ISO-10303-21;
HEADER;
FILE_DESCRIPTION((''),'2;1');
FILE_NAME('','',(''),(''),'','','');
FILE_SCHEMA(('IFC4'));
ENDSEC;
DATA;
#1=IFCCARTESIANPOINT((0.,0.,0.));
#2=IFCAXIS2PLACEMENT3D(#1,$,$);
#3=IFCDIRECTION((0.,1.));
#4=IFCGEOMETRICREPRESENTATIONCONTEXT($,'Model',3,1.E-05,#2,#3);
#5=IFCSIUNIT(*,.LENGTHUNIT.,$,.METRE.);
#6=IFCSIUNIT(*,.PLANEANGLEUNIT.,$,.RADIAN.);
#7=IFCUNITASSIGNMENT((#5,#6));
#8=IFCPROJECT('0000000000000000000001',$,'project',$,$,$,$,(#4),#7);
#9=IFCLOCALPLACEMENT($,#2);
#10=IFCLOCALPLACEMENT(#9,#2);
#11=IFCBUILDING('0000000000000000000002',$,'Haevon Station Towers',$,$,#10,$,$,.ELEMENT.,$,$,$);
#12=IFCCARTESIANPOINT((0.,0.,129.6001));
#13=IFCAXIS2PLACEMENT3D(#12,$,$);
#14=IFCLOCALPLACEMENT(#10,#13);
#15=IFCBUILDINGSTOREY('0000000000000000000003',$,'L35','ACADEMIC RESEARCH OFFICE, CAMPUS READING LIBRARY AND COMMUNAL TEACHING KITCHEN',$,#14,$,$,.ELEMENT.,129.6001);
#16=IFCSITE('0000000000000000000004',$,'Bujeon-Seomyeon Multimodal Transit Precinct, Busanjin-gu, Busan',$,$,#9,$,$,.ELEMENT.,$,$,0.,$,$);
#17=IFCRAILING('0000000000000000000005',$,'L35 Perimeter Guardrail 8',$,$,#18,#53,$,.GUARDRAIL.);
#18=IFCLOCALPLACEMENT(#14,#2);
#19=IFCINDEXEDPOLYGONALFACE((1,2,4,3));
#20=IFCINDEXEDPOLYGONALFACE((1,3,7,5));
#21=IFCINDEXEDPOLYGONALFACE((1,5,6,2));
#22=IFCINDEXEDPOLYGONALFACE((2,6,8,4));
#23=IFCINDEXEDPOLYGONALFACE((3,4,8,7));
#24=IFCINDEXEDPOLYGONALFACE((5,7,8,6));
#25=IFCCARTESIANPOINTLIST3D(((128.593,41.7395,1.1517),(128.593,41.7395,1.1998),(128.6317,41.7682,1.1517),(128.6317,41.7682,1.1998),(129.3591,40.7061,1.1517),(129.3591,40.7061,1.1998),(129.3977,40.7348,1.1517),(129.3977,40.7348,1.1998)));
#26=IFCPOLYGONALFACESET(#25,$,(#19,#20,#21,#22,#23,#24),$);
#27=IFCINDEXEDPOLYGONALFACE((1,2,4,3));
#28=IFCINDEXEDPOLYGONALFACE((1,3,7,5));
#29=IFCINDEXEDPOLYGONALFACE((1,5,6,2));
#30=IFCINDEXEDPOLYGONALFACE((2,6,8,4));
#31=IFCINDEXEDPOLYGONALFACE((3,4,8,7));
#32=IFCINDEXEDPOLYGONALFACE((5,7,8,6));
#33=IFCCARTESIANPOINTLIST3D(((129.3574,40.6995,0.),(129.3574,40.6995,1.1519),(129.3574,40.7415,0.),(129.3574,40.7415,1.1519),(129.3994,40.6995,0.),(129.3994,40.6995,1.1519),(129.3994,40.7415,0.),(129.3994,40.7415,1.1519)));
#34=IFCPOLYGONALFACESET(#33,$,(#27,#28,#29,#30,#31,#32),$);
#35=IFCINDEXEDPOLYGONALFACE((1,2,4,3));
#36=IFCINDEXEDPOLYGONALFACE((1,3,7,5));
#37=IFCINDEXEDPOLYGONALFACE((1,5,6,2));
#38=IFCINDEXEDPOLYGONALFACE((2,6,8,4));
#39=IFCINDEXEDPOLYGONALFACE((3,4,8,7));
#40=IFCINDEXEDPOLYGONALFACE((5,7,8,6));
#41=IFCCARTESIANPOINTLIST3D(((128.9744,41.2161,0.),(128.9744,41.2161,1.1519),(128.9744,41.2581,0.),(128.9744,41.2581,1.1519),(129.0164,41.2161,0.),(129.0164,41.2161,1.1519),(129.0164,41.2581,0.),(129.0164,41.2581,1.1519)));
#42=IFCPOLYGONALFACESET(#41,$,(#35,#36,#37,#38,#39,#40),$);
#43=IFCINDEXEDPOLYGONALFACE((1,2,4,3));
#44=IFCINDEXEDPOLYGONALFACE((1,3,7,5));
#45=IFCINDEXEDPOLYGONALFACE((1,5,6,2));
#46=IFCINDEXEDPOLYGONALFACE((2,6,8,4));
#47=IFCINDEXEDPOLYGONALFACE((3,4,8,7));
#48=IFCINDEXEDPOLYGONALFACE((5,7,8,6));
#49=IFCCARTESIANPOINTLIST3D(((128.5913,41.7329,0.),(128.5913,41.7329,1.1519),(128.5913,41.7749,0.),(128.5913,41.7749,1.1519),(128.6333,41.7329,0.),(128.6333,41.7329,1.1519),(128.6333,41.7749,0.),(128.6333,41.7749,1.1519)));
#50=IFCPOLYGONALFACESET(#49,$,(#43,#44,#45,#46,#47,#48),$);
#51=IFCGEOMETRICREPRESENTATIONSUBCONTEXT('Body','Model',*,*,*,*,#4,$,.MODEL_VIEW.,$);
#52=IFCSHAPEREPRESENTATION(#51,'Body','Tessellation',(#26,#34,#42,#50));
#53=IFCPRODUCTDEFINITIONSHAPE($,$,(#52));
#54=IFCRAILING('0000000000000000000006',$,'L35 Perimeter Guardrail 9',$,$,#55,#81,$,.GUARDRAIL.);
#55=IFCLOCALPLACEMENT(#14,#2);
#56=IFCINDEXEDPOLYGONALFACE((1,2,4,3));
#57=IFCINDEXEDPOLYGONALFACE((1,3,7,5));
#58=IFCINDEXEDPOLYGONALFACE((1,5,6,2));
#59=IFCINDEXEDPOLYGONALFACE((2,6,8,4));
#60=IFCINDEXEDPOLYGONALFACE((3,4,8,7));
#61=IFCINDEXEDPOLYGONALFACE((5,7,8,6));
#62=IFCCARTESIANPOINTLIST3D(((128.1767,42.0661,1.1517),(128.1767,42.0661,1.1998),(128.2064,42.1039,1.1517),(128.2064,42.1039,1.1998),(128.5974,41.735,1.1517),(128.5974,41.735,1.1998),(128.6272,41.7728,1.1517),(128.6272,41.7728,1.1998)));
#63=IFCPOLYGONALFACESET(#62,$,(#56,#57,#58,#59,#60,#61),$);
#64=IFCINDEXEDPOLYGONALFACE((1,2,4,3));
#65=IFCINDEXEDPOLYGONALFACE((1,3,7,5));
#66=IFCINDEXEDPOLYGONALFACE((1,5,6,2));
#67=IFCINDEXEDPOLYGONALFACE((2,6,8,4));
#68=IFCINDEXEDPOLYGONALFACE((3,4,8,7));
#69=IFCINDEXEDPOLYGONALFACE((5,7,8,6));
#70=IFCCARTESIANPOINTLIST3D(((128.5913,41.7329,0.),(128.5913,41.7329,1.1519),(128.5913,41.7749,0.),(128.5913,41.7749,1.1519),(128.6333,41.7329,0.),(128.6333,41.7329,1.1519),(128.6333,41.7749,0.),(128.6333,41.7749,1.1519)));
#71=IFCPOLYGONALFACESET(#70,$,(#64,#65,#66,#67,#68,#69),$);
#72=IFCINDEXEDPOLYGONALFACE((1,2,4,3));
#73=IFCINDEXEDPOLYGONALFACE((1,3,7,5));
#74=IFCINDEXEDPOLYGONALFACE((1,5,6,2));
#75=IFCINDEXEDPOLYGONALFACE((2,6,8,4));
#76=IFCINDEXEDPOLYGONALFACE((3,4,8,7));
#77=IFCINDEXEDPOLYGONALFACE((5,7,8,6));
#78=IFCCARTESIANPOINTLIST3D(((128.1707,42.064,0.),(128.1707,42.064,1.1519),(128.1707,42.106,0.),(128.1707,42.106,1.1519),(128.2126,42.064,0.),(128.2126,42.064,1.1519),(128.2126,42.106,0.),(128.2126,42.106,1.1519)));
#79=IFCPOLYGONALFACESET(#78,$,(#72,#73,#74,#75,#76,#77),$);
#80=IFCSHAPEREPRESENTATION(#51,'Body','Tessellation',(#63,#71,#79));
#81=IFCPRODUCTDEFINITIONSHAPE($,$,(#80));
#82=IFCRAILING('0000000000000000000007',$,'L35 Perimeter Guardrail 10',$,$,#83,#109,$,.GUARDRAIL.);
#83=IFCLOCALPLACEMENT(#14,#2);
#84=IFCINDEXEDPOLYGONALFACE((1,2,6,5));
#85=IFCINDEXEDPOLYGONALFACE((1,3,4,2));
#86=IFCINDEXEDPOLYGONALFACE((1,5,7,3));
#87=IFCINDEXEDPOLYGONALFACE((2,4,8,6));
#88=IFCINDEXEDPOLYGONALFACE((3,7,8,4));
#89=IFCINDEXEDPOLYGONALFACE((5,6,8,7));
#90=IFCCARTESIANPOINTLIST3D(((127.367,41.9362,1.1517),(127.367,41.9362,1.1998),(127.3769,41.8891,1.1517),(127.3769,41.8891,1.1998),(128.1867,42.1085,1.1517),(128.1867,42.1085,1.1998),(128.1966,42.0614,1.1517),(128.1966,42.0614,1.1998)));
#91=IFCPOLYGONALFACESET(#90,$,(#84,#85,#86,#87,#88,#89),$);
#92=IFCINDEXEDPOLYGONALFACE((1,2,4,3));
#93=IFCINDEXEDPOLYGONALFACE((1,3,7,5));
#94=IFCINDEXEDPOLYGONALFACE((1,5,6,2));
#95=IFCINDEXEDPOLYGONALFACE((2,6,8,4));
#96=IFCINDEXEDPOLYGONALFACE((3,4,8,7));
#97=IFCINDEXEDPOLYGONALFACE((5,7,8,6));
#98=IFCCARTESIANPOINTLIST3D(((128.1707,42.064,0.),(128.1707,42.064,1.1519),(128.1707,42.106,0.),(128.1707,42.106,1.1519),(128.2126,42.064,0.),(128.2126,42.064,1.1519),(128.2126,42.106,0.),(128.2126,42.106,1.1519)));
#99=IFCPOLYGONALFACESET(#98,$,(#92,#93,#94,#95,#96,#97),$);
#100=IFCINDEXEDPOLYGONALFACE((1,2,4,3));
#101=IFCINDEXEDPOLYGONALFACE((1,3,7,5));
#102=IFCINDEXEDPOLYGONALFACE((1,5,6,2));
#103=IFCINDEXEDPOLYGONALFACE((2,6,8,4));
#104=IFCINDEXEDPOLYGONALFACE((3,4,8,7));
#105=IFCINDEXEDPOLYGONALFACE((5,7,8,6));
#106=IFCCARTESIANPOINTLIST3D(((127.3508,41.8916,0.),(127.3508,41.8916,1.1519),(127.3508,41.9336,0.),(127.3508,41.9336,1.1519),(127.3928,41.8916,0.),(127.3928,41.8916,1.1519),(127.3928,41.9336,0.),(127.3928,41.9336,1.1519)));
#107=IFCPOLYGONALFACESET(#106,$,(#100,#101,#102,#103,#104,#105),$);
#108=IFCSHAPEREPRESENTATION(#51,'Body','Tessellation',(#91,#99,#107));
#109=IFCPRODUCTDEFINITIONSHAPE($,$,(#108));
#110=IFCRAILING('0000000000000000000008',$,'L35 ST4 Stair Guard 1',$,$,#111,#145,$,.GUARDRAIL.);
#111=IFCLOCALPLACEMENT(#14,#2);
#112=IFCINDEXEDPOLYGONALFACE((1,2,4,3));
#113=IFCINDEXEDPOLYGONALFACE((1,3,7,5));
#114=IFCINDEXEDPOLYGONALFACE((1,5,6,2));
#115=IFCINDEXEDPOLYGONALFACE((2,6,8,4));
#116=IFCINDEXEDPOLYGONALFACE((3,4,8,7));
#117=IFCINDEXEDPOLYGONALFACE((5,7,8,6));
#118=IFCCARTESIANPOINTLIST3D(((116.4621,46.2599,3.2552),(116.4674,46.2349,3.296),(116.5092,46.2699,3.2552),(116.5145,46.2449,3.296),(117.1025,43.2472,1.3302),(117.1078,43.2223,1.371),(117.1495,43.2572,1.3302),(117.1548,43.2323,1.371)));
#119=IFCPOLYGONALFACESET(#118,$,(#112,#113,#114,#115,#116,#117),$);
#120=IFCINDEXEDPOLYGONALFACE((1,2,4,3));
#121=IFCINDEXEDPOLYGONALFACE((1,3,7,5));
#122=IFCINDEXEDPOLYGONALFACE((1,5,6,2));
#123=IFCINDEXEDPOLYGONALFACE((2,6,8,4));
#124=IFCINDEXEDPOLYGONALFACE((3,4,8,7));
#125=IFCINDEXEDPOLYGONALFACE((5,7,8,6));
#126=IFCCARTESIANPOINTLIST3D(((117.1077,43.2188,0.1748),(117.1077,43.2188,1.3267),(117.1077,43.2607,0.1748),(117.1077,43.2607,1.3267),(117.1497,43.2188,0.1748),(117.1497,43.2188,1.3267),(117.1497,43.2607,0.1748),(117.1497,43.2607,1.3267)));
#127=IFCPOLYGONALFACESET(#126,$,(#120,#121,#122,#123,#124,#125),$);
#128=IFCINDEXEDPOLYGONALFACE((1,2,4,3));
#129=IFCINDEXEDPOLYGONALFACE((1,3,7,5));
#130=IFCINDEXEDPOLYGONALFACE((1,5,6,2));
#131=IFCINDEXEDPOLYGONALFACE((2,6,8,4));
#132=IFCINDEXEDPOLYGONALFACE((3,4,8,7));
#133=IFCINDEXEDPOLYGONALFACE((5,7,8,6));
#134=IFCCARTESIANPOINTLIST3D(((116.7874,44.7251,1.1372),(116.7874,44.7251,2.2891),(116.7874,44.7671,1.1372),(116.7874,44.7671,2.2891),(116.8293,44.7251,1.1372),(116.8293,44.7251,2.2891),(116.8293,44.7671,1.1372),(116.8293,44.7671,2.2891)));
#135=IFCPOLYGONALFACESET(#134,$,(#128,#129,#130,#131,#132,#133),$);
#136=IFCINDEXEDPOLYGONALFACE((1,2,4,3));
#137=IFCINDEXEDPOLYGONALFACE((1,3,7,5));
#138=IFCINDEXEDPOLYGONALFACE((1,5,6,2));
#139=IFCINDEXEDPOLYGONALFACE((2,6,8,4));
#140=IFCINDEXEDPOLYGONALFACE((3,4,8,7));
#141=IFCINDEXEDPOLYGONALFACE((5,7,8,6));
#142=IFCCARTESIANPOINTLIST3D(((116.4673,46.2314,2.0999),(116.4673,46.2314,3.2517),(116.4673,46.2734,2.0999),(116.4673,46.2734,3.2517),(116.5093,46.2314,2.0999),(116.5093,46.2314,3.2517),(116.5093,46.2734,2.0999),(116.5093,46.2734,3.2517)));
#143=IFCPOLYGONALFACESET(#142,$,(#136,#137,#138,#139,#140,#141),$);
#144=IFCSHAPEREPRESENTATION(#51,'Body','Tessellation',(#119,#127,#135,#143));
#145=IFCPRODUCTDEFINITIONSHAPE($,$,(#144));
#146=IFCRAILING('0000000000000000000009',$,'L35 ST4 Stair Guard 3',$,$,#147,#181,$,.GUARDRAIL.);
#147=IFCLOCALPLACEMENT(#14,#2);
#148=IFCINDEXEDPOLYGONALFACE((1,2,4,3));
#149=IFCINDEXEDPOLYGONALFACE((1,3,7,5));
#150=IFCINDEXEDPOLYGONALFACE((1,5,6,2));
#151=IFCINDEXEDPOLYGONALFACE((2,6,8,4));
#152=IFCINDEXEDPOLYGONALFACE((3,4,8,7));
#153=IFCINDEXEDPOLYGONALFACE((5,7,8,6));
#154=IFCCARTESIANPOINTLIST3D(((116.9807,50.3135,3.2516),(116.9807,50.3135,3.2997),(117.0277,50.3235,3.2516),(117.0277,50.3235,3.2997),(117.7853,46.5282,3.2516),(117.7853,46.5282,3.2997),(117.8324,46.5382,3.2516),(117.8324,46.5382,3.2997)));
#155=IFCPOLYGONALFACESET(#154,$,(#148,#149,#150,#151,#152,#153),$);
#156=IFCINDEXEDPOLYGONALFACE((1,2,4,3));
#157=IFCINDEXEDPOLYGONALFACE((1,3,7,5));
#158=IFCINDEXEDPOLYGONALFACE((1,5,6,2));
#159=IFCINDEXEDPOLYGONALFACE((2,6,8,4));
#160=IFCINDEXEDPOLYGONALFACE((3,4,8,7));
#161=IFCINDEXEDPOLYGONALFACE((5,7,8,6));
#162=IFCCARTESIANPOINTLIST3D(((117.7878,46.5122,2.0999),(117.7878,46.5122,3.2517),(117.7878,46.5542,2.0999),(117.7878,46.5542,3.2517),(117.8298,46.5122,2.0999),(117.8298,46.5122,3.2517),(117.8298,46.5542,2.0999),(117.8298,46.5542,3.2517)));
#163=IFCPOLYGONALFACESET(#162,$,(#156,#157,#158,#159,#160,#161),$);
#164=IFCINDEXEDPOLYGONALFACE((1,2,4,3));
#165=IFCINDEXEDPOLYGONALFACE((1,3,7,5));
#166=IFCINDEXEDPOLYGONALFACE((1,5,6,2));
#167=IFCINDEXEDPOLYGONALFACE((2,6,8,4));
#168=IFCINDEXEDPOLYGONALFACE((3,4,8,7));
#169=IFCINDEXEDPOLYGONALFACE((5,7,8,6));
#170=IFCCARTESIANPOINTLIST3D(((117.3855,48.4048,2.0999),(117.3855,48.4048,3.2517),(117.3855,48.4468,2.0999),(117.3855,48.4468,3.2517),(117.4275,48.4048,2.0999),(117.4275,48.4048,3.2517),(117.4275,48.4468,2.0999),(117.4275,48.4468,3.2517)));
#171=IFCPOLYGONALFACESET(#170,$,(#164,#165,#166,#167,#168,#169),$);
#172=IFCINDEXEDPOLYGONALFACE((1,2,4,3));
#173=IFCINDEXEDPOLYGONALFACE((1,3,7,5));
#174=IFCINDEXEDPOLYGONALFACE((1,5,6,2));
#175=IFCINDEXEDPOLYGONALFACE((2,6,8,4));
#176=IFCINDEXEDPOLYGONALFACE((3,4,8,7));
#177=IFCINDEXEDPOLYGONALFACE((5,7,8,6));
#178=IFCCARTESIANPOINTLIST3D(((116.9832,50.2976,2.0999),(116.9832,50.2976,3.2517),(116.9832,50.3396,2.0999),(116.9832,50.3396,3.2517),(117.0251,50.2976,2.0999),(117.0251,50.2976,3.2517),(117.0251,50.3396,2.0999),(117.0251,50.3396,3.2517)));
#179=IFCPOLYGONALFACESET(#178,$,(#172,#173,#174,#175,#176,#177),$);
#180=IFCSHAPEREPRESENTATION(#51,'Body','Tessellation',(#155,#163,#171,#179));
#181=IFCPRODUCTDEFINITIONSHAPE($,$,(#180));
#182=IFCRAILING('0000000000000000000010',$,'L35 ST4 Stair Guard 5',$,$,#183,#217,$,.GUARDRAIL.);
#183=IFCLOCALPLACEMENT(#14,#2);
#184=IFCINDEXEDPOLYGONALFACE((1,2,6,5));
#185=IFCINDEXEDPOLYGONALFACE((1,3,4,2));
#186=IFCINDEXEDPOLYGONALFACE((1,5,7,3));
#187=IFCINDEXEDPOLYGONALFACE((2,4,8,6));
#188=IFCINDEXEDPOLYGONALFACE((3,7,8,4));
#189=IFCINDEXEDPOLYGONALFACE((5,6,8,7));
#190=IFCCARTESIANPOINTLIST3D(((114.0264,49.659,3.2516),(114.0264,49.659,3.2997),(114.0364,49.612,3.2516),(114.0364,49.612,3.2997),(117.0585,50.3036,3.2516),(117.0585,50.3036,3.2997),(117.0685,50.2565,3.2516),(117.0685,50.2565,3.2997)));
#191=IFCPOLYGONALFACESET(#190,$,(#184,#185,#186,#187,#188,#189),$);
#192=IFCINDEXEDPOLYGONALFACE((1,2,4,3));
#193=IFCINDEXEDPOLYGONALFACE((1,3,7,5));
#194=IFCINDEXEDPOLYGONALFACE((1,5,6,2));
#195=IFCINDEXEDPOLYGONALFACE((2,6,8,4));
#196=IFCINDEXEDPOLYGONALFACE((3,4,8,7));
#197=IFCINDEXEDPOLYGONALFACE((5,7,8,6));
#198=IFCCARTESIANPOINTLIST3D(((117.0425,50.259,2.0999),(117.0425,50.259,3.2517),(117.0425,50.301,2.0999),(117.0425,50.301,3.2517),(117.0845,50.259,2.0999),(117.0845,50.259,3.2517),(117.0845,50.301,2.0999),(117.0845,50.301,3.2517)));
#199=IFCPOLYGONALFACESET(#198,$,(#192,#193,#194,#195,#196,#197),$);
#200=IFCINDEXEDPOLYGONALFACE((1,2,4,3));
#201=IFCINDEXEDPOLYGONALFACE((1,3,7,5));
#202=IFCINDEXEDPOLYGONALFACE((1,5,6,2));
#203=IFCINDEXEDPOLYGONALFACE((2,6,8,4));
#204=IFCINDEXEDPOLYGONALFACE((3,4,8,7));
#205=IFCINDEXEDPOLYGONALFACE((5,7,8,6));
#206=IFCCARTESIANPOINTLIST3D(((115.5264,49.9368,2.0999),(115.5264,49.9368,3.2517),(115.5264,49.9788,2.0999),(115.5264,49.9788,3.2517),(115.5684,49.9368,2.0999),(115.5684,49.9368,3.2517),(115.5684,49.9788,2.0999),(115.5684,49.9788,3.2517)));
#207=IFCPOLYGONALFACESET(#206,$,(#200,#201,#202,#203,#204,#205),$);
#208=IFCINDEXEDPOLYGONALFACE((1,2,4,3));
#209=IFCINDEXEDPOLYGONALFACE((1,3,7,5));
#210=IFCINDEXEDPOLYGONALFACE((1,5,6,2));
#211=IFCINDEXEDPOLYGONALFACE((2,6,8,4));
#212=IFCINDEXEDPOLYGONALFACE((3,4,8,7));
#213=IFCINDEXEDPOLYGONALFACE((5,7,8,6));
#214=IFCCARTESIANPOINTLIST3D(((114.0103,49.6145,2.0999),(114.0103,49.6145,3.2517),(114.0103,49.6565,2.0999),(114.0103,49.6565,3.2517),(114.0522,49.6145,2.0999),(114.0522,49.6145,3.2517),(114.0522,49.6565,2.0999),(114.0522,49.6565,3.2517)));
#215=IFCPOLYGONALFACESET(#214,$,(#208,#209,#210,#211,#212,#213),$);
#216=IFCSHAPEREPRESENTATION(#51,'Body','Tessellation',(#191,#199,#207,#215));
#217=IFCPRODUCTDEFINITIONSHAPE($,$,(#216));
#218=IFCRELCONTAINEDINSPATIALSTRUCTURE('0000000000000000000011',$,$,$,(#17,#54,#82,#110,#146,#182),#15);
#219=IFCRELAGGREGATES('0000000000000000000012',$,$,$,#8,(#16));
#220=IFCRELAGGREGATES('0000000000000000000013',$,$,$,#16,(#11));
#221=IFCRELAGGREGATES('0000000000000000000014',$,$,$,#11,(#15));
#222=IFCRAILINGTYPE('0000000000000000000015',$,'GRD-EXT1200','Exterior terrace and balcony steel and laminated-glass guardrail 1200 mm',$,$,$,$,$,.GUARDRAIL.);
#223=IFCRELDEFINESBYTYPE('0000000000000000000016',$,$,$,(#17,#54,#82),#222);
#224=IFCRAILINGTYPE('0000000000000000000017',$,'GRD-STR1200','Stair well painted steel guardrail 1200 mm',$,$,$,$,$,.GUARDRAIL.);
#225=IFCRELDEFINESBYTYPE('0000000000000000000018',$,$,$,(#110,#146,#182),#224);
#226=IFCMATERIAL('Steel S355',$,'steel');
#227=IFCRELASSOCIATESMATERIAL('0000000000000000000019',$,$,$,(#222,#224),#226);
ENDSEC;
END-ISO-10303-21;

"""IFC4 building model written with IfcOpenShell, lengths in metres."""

from ifc_helpers import new_model, si_unit, direction, frame, origin, origin_2d, place, context, subcontext, project, spatial, rectangle, extrude, material, type_object, element, save


model = new_model("IFC4")

# Units and contexts
model_context = context("Model", 3, precision=1e-05, world=origin(), true_north=direction((0.0, 1.0)))
body_context = subcontext(model_context, "Body", "Model", "MODEL_VIEW")
ifc_project = project(units=[si_unit("LENGTHUNIT", "METRE"), si_unit("PLANEANGLEUNIT", "RADIAN")], contexts=[model_context])

# Site, building, storey
site_placement = place(None, origin())
site = spatial("IfcSite", under=ifc_project, at=site_placement, Name="Bujeon-Seomyeon Multimodal Transit Precinct, Busanjin-gu, Busan", CompositionType="ELEMENT", RefElevation=0.0)
building_placement = place(site_placement, origin())
building = spatial("IfcBuilding", under=site, at=building_placement, Name="Haevon Station Towers", CompositionType="ELEMENT")
storey_placement = place(building_placement, frame((0.0, 0.0, 129.6001)))
storey = spatial("IfcBuildingStorey", under=building, at=storey_placement, Name="L35", Description="ACADEMIC RESEARCH OFFICE, CAMPUS READING LIBRARY AND COMMUNAL TEACHING KITCHEN", CompositionType="ELEMENT", Elevation=129.6001)

# Railings
ifc_material_1 = material(Name="Steel S355", Category="steel")
railing_type_1 = type_object("IfcRailingType", Name="GRD-EXT1200", Description="Exterior terrace and balcony steel and laminated-glass guardrail 1200 mm", PredefinedType="GUARDRAIL", material=ifc_material_1)
railing_1_placement = place(storey_placement, frame((129.3784, 40.7205, 0.0)))
element("IfcRailing", 1, at=railing_1_placement, inside=storey, type_object=railing_type_1, Name="L35 Perimeter Guardrail 8", PredefinedType="GUARDRAIL", context=body_context, shape_type="SweptSolid", body=[
    extrude(rectangle(XDim=0.0481, YDim=0.0481, at=origin_2d()), frame((0.0, 0.0, 1.1758), z_axis=(-0.595527, 0.803335, 0.0), x_axis=(-0.803335, -0.595527, 0.0)), (0.0, 0.0, 1.0), 1.2864),
    extrude(rectangle(XDim=0.042, YDim=0.042, at=origin_2d()), origin(), (0.0, 0.0, 1.0), 1.1519),
    extrude(rectangle(XDim=0.042, YDim=0.042, at=origin_2d()), frame((-0.3831, 0.5166, 0.0)), (0.0, 0.0, 1.0), 1.1519),
    extrude(rectangle(XDim=0.042, YDim=0.042, at=origin_2d()), frame((-0.7661, 1.0334, 0.0)), (0.0, 0.0, 1.0), 1.1519),
])
railing_2_placement = place(storey_placement, frame((128.6123, 41.7539, 0.0)))
element("IfcRailing", 2, at=railing_2_placement, inside=storey, type_object=railing_type_1, Name="L35 Perimeter Guardrail 9", PredefinedType="GUARDRAIL", context=body_context, shape_type="SweptSolid", body=[
    extrude(rectangle(XDim=0.0481, YDim=0.0481, at=origin_2d()), frame((0.0, 0.0, 1.1758), z_axis=(-0.785827, 0.618446, 0.0), x_axis=(-0.618446, -0.785827, 0.0)), (0.0, 0.0, 1.0), 0.5354),
    extrude(rectangle(XDim=0.042, YDim=0.042, at=origin_2d()), origin(), (0.0, 0.0, 1.0), 1.1519),
    extrude(rectangle(XDim=0.042, YDim=0.042, at=origin_2d()), frame((-0.4207, 0.3311, 0.0)), (0.0, 0.0, 1.0), 1.1519),
])
railing_3_placement = place(storey_placement, frame((128.1917, 42.085, 0.0)))
element("IfcRailing", 3, at=railing_3_placement, inside=storey, type_object=railing_type_1, Name="L35 Perimeter Guardrail 10", PredefinedType="GUARDRAIL", context=body_context, shape_type="SweptSolid", body=[
    extrude(rectangle(XDim=0.0481, YDim=0.0481, at=origin_2d()), frame((0.0, 0.0, 1.1758), z_axis=(-0.978605, -0.205746, 0.0), x_axis=(0.205746, -0.978605, 0.0)), (0.0, 0.0, 1.0), 0.8376),
    extrude(rectangle(XDim=0.042, YDim=0.042, at=origin_2d()), origin(), (0.0, 0.0, 1.0), 1.1519),
    extrude(rectangle(XDim=0.042, YDim=0.042, at=origin_2d()), frame((-0.8198, -0.1724, 0.0)), (0.0, 0.0, 1.0), 1.1519),
])
railing_type_2 = type_object("IfcRailingType", Name="GRD-STR1200", Description="Stair well painted steel guardrail 1200 mm", PredefinedType="GUARDRAIL", material=ifc_material_1)
railing_4_placement = place(storey_placement, frame((117.1287, 43.2397, 0.1748)))
element("IfcRailing", 4, at=railing_4_placement, inside=storey, type_object=railing_type_2, Name="L35 ST4 Stair Guard 1", PredefinedType="GUARDRAIL", context=body_context, shape_type="SweptSolid", body=[
    extrude(rectangle(XDim=0.0481, YDim=0.0481, at=origin_2d()), frame((0.0, 0.0, 1.1758), z_axis=(-0.176311, 0.829461, 0.530008), x_axis=(-0.978147, -0.207916, 0.0)), (0.0, 0.0, 1.0), 3.6321),
    extrude(rectangle(XDim=0.042, YDim=0.042, at=origin_2d()), origin(), (0.0, 0.0, 1.0), 1.1519),
    extrude(rectangle(XDim=0.042, YDim=0.042, at=origin_2d()), frame((-0.3203, 1.5063, 0.9624)), (0.0, 0.0, 1.0), 1.1519),
    extrude(rectangle(XDim=0.042, YDim=0.042, at=origin_2d()), frame((-0.6404, 3.0127, 1.925)), (0.0, 0.0, 1.0), 1.1519),
])
railing_5_placement = place(storey_placement, frame((117.8088, 46.5332, 2.0999)))
element("IfcRailing", 5, at=railing_5_placement, inside=storey, type_object=railing_type_2, Name="L35 ST4 Stair Guard 3", PredefinedType="GUARDRAIL", context=body_context, shape_type="SweptSolid", body=[
    extrude(rectangle(XDim=0.0481, YDim=0.0481, at=origin_2d()), frame((0.0, 0.0, 1.1758), z_axis=(-0.20793, 0.978144, 0.0), x_axis=(-0.978144, -0.20793, 0.0)), (0.0, 0.0, 1.0), 3.8699),
    extrude(rectangle(XDim=0.042, YDim=0.042, at=origin_2d()), origin(), (0.0, 0.0, 1.0), 1.1519),
    extrude(rectangle(XDim=0.042, YDim=0.042, at=origin_2d()), frame((-0.4023, 1.8926, 0.0)), (0.0, 0.0, 1.0), 1.1519),
    extrude(rectangle(XDim=0.042, YDim=0.042, at=origin_2d()), frame((-0.8047, 3.7854, 0.0)), (0.0, 0.0, 1.0), 1.1519),
])
railing_6_placement = place(storey_placement, frame((117.0635, 50.28, 2.0999)))
element("IfcRailing", 6, at=railing_6_placement, inside=storey, type_object=railing_type_2, Name="L35 ST4 Stair Guard 5", PredefinedType="GUARDRAIL", context=body_context, shape_type="SweptSolid", body=[
    extrude(rectangle(XDim=0.0481, YDim=0.0481, at=origin_2d()), frame((0.0, 0.0, 1.1758), z_axis=(-0.978147, -0.207915, 0.0), x_axis=(0.207915, -0.978147, 0.0)), (0.0, 0.0, 1.0), 3.0999),
    extrude(rectangle(XDim=0.042, YDim=0.042, at=origin_2d()), origin(), (0.0, 0.0, 1.0), 1.1519),
    extrude(rectangle(XDim=0.042, YDim=0.042, at=origin_2d()), frame((-1.5161, -0.3223, 0.0)), (0.0, 0.0, 1.0), 1.1519),
    extrude(rectangle(XDim=0.042, YDim=0.042, at=origin_2d()), frame((-3.0322, -0.6445, 0.0)), (0.0, 0.0, 1.0), 1.1519),
])

save(model, "model.ifc")
